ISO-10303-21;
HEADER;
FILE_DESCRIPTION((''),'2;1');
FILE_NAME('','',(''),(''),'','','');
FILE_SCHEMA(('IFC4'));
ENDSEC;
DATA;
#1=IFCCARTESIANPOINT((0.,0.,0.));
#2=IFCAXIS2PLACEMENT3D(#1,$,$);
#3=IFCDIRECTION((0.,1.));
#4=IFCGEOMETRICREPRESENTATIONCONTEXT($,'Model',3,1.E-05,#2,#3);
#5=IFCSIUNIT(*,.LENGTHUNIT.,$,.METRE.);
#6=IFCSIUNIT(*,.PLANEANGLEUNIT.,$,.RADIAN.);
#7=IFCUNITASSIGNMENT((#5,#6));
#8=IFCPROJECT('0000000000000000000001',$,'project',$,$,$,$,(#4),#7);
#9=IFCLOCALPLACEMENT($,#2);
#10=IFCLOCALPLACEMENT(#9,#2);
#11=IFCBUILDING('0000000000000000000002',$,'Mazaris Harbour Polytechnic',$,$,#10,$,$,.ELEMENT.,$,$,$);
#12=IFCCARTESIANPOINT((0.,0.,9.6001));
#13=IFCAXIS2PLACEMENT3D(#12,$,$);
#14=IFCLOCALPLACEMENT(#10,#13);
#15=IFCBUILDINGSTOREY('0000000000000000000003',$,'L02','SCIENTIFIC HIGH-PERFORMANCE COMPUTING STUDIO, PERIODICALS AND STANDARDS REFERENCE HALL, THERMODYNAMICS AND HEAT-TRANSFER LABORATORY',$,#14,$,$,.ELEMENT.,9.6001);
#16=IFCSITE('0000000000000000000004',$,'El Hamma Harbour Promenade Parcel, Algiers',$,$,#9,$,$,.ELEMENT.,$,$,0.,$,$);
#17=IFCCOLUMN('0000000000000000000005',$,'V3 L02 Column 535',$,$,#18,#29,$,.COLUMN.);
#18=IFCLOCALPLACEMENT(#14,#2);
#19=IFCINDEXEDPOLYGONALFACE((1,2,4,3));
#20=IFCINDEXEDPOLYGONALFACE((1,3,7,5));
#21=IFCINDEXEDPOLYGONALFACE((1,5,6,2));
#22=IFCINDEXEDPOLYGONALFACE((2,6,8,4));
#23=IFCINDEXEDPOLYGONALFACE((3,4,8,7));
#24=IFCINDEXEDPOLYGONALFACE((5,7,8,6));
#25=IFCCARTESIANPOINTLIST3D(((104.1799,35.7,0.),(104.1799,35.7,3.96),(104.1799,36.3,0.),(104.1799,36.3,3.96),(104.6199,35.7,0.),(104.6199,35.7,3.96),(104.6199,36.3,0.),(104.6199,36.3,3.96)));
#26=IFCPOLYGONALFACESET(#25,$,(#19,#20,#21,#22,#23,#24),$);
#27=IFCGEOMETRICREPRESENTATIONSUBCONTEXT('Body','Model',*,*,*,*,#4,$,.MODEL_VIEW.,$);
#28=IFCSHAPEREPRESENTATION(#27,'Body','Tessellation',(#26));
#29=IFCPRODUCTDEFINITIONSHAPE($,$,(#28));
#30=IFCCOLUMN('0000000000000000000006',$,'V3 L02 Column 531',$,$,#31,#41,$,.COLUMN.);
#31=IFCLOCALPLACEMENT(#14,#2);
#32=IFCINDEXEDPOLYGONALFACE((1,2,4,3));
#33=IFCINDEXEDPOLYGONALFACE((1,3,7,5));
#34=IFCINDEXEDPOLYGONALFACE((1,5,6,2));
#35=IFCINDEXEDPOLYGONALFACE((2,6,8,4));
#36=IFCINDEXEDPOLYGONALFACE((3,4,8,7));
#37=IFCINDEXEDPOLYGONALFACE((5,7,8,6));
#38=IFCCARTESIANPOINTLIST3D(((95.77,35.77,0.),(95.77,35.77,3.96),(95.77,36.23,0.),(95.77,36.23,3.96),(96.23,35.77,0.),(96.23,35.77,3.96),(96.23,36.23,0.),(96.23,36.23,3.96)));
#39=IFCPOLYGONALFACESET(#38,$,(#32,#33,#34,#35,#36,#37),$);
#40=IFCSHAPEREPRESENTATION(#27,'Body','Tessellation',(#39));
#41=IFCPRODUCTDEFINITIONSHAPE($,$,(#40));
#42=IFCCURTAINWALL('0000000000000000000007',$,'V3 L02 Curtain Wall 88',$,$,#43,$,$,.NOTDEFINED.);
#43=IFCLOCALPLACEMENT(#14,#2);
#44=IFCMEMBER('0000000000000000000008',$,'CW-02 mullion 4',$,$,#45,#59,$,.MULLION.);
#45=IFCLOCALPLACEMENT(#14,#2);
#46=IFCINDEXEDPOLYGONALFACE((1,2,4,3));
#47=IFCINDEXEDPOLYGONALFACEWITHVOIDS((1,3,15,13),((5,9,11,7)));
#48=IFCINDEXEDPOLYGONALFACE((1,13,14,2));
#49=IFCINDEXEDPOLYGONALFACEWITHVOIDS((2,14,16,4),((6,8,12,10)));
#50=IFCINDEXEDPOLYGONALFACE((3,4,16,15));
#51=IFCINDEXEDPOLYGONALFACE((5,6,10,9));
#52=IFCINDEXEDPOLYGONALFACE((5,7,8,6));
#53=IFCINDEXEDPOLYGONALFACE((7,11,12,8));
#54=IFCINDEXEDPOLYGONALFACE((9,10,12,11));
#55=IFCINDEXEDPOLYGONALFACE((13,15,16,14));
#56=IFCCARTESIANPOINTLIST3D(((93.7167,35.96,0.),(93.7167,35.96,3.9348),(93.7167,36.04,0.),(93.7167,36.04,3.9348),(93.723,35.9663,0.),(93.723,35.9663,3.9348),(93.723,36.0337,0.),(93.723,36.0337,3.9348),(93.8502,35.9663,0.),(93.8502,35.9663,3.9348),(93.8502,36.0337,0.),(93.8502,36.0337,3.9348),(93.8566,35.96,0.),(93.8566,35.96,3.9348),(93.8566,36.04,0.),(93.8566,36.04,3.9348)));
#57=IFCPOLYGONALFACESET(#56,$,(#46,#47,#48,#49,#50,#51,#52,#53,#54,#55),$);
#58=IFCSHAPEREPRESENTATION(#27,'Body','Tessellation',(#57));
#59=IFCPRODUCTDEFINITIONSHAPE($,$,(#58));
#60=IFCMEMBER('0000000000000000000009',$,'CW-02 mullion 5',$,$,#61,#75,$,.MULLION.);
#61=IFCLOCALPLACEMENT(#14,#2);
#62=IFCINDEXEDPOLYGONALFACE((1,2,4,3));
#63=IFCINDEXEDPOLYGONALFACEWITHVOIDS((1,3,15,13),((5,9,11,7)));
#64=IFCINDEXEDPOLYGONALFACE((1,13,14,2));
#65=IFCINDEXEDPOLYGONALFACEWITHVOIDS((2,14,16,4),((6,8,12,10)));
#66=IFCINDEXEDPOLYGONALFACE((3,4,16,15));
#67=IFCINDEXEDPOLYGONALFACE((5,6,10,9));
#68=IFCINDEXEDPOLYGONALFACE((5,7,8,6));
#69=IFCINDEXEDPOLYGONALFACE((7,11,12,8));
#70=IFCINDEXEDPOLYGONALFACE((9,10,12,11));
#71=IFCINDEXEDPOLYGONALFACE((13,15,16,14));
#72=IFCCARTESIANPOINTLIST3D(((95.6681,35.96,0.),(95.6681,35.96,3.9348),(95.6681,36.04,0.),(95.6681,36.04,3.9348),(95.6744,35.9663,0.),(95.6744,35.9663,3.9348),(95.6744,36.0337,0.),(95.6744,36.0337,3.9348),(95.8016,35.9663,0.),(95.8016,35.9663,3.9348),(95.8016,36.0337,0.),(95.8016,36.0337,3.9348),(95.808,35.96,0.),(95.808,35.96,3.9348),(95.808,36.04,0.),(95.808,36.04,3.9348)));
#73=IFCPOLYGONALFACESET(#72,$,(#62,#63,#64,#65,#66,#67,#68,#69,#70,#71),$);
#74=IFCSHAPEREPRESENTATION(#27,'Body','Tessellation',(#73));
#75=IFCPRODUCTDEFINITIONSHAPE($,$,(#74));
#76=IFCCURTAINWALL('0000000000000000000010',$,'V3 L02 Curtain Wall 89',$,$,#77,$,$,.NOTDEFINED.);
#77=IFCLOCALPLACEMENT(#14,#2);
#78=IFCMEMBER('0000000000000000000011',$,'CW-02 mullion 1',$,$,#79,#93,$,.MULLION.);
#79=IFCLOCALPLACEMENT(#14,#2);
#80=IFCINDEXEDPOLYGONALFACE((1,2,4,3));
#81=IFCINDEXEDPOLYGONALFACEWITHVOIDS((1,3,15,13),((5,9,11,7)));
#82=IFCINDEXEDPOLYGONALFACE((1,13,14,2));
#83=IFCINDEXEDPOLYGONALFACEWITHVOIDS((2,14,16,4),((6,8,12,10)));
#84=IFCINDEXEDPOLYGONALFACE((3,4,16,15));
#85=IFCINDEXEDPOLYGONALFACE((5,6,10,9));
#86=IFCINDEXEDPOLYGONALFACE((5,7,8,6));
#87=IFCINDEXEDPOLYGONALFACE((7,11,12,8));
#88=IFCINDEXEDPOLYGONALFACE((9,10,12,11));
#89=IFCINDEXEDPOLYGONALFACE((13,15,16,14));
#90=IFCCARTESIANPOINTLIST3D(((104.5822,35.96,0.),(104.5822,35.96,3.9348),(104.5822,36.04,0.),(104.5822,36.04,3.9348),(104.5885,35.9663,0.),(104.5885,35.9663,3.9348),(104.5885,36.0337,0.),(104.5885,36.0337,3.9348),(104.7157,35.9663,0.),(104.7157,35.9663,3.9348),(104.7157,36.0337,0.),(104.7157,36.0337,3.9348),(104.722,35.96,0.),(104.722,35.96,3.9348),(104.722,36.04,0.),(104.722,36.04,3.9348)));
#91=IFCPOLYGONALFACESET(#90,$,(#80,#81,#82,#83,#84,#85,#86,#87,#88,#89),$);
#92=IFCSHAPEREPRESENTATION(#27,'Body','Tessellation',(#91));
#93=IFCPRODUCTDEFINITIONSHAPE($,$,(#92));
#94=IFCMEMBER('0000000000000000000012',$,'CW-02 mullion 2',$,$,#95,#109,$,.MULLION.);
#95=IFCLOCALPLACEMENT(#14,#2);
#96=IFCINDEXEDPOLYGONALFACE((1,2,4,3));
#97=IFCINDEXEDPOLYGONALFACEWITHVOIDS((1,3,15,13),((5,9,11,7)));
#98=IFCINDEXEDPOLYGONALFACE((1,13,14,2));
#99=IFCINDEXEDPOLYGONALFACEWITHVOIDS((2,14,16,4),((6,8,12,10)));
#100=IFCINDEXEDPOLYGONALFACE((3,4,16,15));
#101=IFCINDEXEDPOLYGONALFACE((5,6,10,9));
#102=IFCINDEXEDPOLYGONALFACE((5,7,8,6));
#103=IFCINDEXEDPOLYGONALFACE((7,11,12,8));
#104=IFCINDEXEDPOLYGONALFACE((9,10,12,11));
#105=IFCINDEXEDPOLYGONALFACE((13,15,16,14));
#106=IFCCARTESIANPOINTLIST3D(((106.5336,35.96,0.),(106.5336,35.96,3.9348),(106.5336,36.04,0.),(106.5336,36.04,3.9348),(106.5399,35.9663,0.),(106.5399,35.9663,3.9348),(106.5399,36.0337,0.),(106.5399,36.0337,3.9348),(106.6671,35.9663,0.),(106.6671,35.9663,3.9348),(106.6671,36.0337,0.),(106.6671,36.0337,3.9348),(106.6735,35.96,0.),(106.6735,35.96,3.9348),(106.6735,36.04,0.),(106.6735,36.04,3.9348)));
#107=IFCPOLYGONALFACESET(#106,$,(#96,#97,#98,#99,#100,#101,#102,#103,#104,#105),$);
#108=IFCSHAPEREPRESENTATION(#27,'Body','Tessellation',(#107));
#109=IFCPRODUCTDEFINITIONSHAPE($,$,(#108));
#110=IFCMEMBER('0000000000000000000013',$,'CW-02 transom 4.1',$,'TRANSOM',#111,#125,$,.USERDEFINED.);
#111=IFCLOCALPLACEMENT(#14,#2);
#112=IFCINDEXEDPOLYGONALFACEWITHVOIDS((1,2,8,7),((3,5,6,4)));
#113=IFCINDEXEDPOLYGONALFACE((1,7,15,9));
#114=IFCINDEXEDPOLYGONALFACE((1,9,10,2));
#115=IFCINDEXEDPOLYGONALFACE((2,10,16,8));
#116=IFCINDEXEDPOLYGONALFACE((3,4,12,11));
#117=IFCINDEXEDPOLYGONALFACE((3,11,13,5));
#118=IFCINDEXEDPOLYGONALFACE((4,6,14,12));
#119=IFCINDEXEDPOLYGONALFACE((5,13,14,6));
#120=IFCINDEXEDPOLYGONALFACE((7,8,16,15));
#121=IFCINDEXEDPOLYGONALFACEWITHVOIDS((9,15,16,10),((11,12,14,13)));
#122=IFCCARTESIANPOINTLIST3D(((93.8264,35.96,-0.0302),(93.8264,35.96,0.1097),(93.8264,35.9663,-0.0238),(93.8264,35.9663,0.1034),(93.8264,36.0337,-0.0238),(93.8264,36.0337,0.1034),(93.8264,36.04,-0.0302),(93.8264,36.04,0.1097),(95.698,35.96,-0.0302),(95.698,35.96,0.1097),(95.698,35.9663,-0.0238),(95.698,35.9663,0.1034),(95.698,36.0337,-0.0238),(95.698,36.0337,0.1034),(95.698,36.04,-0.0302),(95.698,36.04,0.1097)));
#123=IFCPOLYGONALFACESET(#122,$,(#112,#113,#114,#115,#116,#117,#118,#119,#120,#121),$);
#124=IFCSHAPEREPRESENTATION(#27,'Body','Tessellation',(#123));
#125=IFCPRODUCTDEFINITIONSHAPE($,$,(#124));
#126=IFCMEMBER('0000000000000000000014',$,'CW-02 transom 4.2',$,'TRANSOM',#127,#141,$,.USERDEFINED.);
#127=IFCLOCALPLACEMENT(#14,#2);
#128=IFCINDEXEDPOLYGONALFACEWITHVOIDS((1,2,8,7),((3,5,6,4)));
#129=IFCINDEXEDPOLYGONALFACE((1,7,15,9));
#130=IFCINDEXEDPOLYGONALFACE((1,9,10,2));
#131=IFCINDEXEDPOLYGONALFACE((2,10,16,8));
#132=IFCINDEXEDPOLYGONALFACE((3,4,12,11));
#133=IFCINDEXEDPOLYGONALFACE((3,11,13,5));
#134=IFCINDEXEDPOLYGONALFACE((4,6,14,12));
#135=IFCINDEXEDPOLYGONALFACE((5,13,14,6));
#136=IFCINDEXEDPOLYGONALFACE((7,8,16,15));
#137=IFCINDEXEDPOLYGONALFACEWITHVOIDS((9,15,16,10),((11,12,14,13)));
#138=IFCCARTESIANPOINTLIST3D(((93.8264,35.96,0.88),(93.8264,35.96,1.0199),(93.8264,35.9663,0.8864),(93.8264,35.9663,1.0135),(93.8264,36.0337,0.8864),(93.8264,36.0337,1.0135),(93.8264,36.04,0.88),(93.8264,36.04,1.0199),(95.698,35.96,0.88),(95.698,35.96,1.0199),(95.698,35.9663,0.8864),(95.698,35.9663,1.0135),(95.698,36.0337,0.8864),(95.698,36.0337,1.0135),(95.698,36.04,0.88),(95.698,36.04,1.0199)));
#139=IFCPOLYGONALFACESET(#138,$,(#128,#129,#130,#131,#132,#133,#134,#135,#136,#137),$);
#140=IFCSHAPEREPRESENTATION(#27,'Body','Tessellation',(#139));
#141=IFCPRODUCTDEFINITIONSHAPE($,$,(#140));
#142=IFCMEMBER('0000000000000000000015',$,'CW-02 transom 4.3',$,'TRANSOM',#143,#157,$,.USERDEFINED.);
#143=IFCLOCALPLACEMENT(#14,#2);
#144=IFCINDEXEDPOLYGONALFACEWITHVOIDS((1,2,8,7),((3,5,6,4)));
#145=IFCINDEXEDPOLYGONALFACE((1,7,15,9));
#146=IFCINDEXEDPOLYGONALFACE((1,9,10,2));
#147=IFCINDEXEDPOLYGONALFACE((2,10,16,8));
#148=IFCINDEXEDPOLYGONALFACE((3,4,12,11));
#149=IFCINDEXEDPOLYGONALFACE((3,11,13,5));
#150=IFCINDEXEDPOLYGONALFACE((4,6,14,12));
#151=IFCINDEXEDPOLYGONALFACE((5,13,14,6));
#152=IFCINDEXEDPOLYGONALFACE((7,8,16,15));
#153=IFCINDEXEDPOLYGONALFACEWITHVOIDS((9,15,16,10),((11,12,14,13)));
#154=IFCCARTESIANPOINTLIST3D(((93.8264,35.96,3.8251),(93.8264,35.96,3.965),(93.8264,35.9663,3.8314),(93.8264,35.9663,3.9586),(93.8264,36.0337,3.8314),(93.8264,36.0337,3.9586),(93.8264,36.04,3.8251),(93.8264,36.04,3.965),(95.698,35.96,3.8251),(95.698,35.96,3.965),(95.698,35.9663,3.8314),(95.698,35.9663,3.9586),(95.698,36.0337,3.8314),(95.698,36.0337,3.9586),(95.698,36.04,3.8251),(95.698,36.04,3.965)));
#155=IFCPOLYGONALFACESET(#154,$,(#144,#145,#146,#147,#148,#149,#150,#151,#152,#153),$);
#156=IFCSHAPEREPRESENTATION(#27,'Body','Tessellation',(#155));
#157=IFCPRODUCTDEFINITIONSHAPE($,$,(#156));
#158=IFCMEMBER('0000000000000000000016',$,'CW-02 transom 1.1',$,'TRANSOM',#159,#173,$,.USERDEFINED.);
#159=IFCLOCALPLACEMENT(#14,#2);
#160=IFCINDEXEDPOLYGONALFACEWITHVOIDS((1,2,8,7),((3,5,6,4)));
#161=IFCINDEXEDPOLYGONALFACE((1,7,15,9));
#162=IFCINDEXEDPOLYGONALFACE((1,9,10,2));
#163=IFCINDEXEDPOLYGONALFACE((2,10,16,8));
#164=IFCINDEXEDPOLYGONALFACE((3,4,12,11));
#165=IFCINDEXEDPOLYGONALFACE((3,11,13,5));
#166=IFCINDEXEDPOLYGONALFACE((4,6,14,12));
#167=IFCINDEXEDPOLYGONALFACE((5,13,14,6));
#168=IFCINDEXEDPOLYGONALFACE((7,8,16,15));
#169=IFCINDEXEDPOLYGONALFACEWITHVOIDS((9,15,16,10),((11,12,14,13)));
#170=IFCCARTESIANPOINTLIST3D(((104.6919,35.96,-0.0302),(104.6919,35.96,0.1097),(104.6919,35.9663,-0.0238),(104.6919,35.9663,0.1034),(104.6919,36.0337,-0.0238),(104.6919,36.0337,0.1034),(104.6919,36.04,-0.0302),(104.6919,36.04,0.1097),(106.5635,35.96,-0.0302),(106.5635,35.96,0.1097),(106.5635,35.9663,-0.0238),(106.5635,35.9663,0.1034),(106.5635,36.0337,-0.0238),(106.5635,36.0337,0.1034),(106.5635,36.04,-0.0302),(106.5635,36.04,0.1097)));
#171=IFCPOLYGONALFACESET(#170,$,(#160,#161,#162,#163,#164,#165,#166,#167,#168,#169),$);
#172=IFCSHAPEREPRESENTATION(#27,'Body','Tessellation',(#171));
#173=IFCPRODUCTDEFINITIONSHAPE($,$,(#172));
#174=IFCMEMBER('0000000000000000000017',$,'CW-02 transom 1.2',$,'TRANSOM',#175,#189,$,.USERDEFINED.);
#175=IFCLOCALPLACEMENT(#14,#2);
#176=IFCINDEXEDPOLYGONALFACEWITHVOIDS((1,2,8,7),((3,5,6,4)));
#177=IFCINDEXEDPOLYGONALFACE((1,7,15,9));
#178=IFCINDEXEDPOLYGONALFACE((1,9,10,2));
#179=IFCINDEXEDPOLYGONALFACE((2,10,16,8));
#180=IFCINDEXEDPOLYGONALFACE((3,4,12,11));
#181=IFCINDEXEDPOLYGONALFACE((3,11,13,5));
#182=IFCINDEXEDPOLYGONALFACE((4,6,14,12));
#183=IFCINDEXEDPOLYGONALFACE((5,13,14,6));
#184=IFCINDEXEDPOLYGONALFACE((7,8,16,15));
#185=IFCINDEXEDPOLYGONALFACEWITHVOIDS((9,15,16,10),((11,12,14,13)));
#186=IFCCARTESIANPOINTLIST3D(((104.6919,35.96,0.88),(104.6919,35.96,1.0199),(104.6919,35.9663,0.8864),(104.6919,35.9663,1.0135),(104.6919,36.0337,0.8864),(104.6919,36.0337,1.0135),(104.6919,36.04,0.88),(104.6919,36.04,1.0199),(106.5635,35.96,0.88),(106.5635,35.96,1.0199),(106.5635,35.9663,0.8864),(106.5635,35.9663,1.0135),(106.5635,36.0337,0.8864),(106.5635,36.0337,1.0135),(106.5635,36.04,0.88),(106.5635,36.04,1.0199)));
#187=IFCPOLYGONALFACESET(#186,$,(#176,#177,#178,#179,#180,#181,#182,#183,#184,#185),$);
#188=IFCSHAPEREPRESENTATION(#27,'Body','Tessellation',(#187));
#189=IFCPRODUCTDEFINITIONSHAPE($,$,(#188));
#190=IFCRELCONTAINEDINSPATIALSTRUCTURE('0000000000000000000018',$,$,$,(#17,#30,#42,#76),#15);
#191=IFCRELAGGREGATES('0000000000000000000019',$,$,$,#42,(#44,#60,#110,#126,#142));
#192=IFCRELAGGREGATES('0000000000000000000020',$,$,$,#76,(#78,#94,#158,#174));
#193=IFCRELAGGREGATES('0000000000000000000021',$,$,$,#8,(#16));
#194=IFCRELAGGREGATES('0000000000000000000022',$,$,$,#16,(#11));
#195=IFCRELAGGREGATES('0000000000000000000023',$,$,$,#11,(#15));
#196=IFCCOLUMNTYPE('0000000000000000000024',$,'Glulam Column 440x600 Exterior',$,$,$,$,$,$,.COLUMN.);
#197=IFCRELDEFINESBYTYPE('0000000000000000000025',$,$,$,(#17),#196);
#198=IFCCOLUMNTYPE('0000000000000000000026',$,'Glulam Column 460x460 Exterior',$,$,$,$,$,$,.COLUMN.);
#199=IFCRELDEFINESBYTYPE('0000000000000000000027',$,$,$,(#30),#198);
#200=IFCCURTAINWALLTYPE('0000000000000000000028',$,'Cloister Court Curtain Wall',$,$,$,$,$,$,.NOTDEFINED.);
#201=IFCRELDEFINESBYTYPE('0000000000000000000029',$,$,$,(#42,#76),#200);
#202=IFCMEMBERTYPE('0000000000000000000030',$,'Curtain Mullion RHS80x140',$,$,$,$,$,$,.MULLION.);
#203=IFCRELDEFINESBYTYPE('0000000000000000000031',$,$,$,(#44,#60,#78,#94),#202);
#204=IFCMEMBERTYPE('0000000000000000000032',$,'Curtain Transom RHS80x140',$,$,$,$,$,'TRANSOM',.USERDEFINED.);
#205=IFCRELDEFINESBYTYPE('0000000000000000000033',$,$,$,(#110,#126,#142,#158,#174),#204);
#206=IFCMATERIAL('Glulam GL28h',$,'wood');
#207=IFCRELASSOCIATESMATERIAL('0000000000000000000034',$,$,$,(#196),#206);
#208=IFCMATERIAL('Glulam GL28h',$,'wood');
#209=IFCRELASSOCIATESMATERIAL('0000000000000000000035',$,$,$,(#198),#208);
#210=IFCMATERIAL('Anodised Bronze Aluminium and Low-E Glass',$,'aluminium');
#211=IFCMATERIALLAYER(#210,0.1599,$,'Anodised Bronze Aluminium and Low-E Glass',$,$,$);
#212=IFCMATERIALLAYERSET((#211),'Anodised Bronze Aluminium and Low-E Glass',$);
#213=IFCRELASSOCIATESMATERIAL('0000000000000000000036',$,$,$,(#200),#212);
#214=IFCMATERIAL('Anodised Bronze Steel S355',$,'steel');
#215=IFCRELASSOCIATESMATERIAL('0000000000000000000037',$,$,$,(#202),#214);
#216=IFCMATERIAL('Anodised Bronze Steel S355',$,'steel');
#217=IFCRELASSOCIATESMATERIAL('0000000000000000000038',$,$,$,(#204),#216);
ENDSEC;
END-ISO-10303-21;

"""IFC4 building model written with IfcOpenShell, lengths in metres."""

from ifc_helpers import new_model, si_unit, direction, frame, origin, origin_2d, place, context, subcontext, project, spatial, rectangle, hollow_rectangle, extrude, material, layer, layer_set, material_profile, profile_set, type_object, element, aggregate, save


model = new_model("IFC4")

# Units and contexts
model_context = context("Model", 3, precision=1e-05, world=origin(), true_north=direction((0.0, 1.0)))
body_context = subcontext(model_context, "Body", "Model", "MODEL_VIEW")
ifc_project = project(units=[si_unit("LENGTHUNIT", "METRE"), si_unit("PLANEANGLEUNIT", "RADIAN")], contexts=[model_context])

# Site, building, storey
site_placement = place(None, origin())
site = spatial("IfcSite", under=ifc_project, at=site_placement, Name="El Hamma Harbour Promenade Parcel, Algiers", CompositionType="ELEMENT", RefElevation=0.0)
building_placement = place(site_placement, origin())
building = spatial("IfcBuilding", under=site, at=building_placement, Name="Mazaris Harbour Polytechnic", CompositionType="ELEMENT")
storey_placement = place(building_placement, frame((0.0, 0.0, 9.6001)))
storey = spatial("IfcBuildingStorey", under=building, at=storey_placement, Name="L02", Description="SCIENTIFIC HIGH-PERFORMANCE COMPUTING STUDIO, PERIODICALS AND STANDARDS REFERENCE HALL, THERMODYNAMICS AND HEAT-TRANSFER LABORATORY", CompositionType="ELEMENT", Elevation=9.6001)

# Columns
ifc_material_1 = material(Name="Glulam GL28h", Category="wood")
ifc_material_profile_1 = material_profile(ifc_material_1, rectangle(XDim=0.4399, YDim=0.6001, at=origin_2d()), Name="RECT440x600")
ifc_profile_set_1 = profile_set([ifc_material_profile_1], Name="Glulam GL28h")
column_type_1 = type_object("IfcColumnType", Name="Glulam Column 440x600 Exterior", PredefinedType="COLUMN", material=ifc_profile_set_1)
column_1_placement = place(storey_placement, frame((104.3999, 36.0, 0.0), z_axis=(0.0, 0.0, 1.0), x_axis=(1.0, 0.0, 0.0)))
element("IfcColumn", 1, at=column_1_placement, inside=storey, type_object=column_type_1, Name="V3 L02 Column 535", PredefinedType="COLUMN", context=body_context, shape_type="SweptSolid", body=[
    extrude(rectangle(XDim=0.4399, YDim=0.6001, at=origin_2d()), origin(), (0.0, 0.0, 1.0), 3.96),
])
ifc_material_2 = material(Name="Glulam GL28h", Category="wood")
ifc_material_profile_2 = material_profile(ifc_material_2, rectangle(XDim=0.46, YDim=0.46, at=origin_2d()), Name="RECT460x460")
ifc_profile_set_2 = profile_set([ifc_material_profile_2], Name="Glulam GL28h")
column_type_2 = type_object("IfcColumnType", Name="Glulam Column 460x460 Exterior", PredefinedType="COLUMN", material=ifc_profile_set_2)
column_2_placement = place(storey_placement, frame((96.0, 36.0, 0.0), z_axis=(0.0, 0.0, 1.0), x_axis=(1.0, 0.0, 0.0)))
element("IfcColumn", 2, at=column_2_placement, inside=storey, type_object=column_type_2, Name="V3 L02 Column 531", PredefinedType="COLUMN", context=body_context, shape_type="SweptSolid", body=[
    extrude(rectangle(XDim=0.46, YDim=0.46, at=origin_2d()), origin(), (0.0, 0.0, 1.0), 3.96),
])

# Curtain walls, members
ifc_material_3 = material(Name="Anodised Bronze Aluminium and Low-E Glass", Category="aluminium")
ifc_layer_1 = layer(ifc_material_3, 0.1599, Name="Anodised Bronze Aluminium and Low-E Glass")
ifc_layer_set_1 = layer_set([ifc_layer_1], Name="Anodised Bronze Aluminium and Low-E Glass")
curtain_wall_type = type_object("IfcCurtainWallType", Name="Cloister Court Curtain Wall", PredefinedType="NOTDEFINED", material=ifc_layer_set_1)
curtain_wall_1_placement = place(storey_placement, origin())
curtain_wall_1 = element("IfcCurtainWall", 3, at=curtain_wall_1_placement, inside=storey, type_object=curtain_wall_type, Name="V3 L02 Curtain Wall 88", PredefinedType="NOTDEFINED")
ifc_material_4 = material(Name="Anodised Bronze Steel S355", Category="steel")
ifc_material_profile_3 = material_profile(ifc_material_4, hollow_rectangle(XDim=0.0801, YDim=0.1399, WallThickness=0.0063, at=origin_2d()), Name="RHS 80x140x6.3")
ifc_profile_set_3 = profile_set([ifc_material_profile_3], Name="Anodised Bronze Steel S355")
member_type_1 = type_object("IfcMemberType", Name="Curtain Mullion RHS80x140", PredefinedType="MULLION", material=ifc_profile_set_3)
member_1_placement = place(storey_placement, frame((93.7866, 36.0, 0.0), z_axis=(0.0, 0.0, 1.0), x_axis=(0.0, 1.0, 0.0)))
member_1 = element("IfcMember", 4, at=member_1_placement, type_object=member_type_1, Name="CW-02 mullion 4", PredefinedType="MULLION", context=body_context, shape_type="SweptSolid", body=[
    extrude(hollow_rectangle(XDim=0.0801, YDim=0.1399, WallThickness=0.0063, at=origin_2d()), origin(), (0.0, 0.0, 1.0), 3.9348),
])
member_2_placement = place(storey_placement, frame((95.738, 36.0, 0.0), z_axis=(0.0, 0.0, 1.0), x_axis=(0.0, 1.0, 0.0)))
member_2 = element("IfcMember", 5, at=member_2_placement, type_object=member_type_1, Name="CW-02 mullion 5", PredefinedType="MULLION", context=body_context, shape_type="SweptSolid", body=[
    extrude(hollow_rectangle(XDim=0.0801, YDim=0.1399, WallThickness=0.0063, at=origin_2d()), origin(), (0.0, 0.0, 1.0), 3.9348),
])
curtain_wall_2_placement = place(storey_placement, origin())
curtain_wall_2 = element("IfcCurtainWall", 6, at=curtain_wall_2_placement, inside=storey, type_object=curtain_wall_type, Name="V3 L02 Curtain Wall 89", PredefinedType="NOTDEFINED")
member_3_placement = place(storey_placement, frame((104.6521, 36.0, 0.0), z_axis=(0.0, 0.0, 1.0), x_axis=(0.0, 1.0, 0.0)))
member_3 = element("IfcMember", 7, at=member_3_placement, type_object=member_type_1, Name="CW-02 mullion 1", PredefinedType="MULLION", context=body_context, shape_type="SweptSolid", body=[
    extrude(hollow_rectangle(XDim=0.0801, YDim=0.1399, WallThickness=0.0063, at=origin_2d()), origin(), (0.0, 0.0, 1.0), 3.9348),
])
member_4_placement = place(storey_placement, frame((106.6035, 36.0, 0.0), z_axis=(0.0, 0.0, 1.0), x_axis=(0.0, 1.0, 0.0)))
member_4 = element("IfcMember", 8, at=member_4_placement, type_object=member_type_1, Name="CW-02 mullion 2", PredefinedType="MULLION", context=body_context, shape_type="SweptSolid", body=[
    extrude(hollow_rectangle(XDim=0.0801, YDim=0.1399, WallThickness=0.0063, at=origin_2d()), origin(), (0.0, 0.0, 1.0), 3.9348),
])

# Members
ifc_material_5 = material(Name="Anodised Bronze Steel S355", Category="steel")
ifc_material_profile_4 = material_profile(ifc_material_5, hollow_rectangle(XDim=0.0801, YDim=0.1399, WallThickness=0.0063, at=origin_2d()), Name="RHS 80x140x6.3")
ifc_profile_set_4 = profile_set([ifc_material_profile_4], Name="Anodised Bronze Steel S355")
member_type_2 = type_object("IfcMemberType", Name="Curtain Transom RHS80x140", ElementType="TRANSOM", PredefinedType="USERDEFINED", material=ifc_profile_set_4)
member_5_placement = place(storey_placement, frame((93.8264, 36.0, 0.0398), z_axis=(1.0, 0.0, 0.0), x_axis=(0.0, 1.0, 0.0)))
member_5 = element("IfcMember", 9, at=member_5_placement, type_object=member_type_2, Name="CW-02 transom 4.1", ObjectType="TRANSOM", PredefinedType="USERDEFINED", context=body_context, shape_type="SweptSolid", body=[
    extrude(hollow_rectangle(XDim=0.0801, YDim=0.1399, WallThickness=0.0063, at=origin_2d()), origin(), (0.0, 0.0, 1.0), 1.8716),
])
member_6_placement = place(storey_placement, frame((93.8264, 36.0, 0.95), z_axis=(1.0, 0.0, 0.0), x_axis=(0.0, 1.0, 0.0)))
member_6 = element("IfcMember", 10, at=member_6_placement, type_object=member_type_2, Name="CW-02 transom 4.2", ObjectType="TRANSOM", PredefinedType="USERDEFINED", context=body_context, shape_type="SweptSolid", body=[
    extrude(hollow_rectangle(XDim=0.0801, YDim=0.1399, WallThickness=0.0063, at=origin_2d()), origin(), (0.0, 0.0, 1.0), 1.8716),
])
member_7_placement = place(storey_placement, frame((93.8264, 36.0, 3.895), z_axis=(1.0, 0.0, 0.0), x_axis=(0.0, 1.0, 0.0)))
member_7 = element("IfcMember", 11, at=member_7_placement, type_object=member_type_2, Name="CW-02 transom 4.3", ObjectType="TRANSOM", PredefinedType="USERDEFINED", context=body_context, shape_type="SweptSolid", body=[
    extrude(hollow_rectangle(XDim=0.0801, YDim=0.1399, WallThickness=0.0063, at=origin_2d()), origin(), (0.0, 0.0, 1.0), 1.8716),
])
member_8_placement = place(storey_placement, frame((104.6919, 36.0, 0.0398), z_axis=(1.0, 0.0, 0.0), x_axis=(0.0, 1.0, 0.0)))
member_8 = element("IfcMember", 12, at=member_8_placement, type_object=member_type_2, Name="CW-02 transom 1.1", ObjectType="TRANSOM", PredefinedType="USERDEFINED", context=body_context, shape_type="SweptSolid", body=[
    extrude(hollow_rectangle(XDim=0.0801, YDim=0.1399, WallThickness=0.0063, at=origin_2d()), origin(), (0.0, 0.0, 1.0), 1.8716),
])
member_9_placement = place(storey_placement, frame((104.6919, 36.0, 0.95), z_axis=(1.0, 0.0, 0.0), x_axis=(0.0, 1.0, 0.0)))
member_9 = element("IfcMember", 13, at=member_9_placement, type_object=member_type_2, Name="CW-02 transom 1.2", ObjectType="TRANSOM", PredefinedType="USERDEFINED", context=body_context, shape_type="SweptSolid", body=[
    extrude(hollow_rectangle(XDim=0.0801, YDim=0.1399, WallThickness=0.0063, at=origin_2d()), origin(), (0.0, 0.0, 1.0), 1.8716),
])

aggregate(curtain_wall_1, [member_1, member_2, member_5, member_6, member_7])
aggregate(curtain_wall_2, [member_3, member_4, member_8, member_9])

save(model, "model.ifc")
